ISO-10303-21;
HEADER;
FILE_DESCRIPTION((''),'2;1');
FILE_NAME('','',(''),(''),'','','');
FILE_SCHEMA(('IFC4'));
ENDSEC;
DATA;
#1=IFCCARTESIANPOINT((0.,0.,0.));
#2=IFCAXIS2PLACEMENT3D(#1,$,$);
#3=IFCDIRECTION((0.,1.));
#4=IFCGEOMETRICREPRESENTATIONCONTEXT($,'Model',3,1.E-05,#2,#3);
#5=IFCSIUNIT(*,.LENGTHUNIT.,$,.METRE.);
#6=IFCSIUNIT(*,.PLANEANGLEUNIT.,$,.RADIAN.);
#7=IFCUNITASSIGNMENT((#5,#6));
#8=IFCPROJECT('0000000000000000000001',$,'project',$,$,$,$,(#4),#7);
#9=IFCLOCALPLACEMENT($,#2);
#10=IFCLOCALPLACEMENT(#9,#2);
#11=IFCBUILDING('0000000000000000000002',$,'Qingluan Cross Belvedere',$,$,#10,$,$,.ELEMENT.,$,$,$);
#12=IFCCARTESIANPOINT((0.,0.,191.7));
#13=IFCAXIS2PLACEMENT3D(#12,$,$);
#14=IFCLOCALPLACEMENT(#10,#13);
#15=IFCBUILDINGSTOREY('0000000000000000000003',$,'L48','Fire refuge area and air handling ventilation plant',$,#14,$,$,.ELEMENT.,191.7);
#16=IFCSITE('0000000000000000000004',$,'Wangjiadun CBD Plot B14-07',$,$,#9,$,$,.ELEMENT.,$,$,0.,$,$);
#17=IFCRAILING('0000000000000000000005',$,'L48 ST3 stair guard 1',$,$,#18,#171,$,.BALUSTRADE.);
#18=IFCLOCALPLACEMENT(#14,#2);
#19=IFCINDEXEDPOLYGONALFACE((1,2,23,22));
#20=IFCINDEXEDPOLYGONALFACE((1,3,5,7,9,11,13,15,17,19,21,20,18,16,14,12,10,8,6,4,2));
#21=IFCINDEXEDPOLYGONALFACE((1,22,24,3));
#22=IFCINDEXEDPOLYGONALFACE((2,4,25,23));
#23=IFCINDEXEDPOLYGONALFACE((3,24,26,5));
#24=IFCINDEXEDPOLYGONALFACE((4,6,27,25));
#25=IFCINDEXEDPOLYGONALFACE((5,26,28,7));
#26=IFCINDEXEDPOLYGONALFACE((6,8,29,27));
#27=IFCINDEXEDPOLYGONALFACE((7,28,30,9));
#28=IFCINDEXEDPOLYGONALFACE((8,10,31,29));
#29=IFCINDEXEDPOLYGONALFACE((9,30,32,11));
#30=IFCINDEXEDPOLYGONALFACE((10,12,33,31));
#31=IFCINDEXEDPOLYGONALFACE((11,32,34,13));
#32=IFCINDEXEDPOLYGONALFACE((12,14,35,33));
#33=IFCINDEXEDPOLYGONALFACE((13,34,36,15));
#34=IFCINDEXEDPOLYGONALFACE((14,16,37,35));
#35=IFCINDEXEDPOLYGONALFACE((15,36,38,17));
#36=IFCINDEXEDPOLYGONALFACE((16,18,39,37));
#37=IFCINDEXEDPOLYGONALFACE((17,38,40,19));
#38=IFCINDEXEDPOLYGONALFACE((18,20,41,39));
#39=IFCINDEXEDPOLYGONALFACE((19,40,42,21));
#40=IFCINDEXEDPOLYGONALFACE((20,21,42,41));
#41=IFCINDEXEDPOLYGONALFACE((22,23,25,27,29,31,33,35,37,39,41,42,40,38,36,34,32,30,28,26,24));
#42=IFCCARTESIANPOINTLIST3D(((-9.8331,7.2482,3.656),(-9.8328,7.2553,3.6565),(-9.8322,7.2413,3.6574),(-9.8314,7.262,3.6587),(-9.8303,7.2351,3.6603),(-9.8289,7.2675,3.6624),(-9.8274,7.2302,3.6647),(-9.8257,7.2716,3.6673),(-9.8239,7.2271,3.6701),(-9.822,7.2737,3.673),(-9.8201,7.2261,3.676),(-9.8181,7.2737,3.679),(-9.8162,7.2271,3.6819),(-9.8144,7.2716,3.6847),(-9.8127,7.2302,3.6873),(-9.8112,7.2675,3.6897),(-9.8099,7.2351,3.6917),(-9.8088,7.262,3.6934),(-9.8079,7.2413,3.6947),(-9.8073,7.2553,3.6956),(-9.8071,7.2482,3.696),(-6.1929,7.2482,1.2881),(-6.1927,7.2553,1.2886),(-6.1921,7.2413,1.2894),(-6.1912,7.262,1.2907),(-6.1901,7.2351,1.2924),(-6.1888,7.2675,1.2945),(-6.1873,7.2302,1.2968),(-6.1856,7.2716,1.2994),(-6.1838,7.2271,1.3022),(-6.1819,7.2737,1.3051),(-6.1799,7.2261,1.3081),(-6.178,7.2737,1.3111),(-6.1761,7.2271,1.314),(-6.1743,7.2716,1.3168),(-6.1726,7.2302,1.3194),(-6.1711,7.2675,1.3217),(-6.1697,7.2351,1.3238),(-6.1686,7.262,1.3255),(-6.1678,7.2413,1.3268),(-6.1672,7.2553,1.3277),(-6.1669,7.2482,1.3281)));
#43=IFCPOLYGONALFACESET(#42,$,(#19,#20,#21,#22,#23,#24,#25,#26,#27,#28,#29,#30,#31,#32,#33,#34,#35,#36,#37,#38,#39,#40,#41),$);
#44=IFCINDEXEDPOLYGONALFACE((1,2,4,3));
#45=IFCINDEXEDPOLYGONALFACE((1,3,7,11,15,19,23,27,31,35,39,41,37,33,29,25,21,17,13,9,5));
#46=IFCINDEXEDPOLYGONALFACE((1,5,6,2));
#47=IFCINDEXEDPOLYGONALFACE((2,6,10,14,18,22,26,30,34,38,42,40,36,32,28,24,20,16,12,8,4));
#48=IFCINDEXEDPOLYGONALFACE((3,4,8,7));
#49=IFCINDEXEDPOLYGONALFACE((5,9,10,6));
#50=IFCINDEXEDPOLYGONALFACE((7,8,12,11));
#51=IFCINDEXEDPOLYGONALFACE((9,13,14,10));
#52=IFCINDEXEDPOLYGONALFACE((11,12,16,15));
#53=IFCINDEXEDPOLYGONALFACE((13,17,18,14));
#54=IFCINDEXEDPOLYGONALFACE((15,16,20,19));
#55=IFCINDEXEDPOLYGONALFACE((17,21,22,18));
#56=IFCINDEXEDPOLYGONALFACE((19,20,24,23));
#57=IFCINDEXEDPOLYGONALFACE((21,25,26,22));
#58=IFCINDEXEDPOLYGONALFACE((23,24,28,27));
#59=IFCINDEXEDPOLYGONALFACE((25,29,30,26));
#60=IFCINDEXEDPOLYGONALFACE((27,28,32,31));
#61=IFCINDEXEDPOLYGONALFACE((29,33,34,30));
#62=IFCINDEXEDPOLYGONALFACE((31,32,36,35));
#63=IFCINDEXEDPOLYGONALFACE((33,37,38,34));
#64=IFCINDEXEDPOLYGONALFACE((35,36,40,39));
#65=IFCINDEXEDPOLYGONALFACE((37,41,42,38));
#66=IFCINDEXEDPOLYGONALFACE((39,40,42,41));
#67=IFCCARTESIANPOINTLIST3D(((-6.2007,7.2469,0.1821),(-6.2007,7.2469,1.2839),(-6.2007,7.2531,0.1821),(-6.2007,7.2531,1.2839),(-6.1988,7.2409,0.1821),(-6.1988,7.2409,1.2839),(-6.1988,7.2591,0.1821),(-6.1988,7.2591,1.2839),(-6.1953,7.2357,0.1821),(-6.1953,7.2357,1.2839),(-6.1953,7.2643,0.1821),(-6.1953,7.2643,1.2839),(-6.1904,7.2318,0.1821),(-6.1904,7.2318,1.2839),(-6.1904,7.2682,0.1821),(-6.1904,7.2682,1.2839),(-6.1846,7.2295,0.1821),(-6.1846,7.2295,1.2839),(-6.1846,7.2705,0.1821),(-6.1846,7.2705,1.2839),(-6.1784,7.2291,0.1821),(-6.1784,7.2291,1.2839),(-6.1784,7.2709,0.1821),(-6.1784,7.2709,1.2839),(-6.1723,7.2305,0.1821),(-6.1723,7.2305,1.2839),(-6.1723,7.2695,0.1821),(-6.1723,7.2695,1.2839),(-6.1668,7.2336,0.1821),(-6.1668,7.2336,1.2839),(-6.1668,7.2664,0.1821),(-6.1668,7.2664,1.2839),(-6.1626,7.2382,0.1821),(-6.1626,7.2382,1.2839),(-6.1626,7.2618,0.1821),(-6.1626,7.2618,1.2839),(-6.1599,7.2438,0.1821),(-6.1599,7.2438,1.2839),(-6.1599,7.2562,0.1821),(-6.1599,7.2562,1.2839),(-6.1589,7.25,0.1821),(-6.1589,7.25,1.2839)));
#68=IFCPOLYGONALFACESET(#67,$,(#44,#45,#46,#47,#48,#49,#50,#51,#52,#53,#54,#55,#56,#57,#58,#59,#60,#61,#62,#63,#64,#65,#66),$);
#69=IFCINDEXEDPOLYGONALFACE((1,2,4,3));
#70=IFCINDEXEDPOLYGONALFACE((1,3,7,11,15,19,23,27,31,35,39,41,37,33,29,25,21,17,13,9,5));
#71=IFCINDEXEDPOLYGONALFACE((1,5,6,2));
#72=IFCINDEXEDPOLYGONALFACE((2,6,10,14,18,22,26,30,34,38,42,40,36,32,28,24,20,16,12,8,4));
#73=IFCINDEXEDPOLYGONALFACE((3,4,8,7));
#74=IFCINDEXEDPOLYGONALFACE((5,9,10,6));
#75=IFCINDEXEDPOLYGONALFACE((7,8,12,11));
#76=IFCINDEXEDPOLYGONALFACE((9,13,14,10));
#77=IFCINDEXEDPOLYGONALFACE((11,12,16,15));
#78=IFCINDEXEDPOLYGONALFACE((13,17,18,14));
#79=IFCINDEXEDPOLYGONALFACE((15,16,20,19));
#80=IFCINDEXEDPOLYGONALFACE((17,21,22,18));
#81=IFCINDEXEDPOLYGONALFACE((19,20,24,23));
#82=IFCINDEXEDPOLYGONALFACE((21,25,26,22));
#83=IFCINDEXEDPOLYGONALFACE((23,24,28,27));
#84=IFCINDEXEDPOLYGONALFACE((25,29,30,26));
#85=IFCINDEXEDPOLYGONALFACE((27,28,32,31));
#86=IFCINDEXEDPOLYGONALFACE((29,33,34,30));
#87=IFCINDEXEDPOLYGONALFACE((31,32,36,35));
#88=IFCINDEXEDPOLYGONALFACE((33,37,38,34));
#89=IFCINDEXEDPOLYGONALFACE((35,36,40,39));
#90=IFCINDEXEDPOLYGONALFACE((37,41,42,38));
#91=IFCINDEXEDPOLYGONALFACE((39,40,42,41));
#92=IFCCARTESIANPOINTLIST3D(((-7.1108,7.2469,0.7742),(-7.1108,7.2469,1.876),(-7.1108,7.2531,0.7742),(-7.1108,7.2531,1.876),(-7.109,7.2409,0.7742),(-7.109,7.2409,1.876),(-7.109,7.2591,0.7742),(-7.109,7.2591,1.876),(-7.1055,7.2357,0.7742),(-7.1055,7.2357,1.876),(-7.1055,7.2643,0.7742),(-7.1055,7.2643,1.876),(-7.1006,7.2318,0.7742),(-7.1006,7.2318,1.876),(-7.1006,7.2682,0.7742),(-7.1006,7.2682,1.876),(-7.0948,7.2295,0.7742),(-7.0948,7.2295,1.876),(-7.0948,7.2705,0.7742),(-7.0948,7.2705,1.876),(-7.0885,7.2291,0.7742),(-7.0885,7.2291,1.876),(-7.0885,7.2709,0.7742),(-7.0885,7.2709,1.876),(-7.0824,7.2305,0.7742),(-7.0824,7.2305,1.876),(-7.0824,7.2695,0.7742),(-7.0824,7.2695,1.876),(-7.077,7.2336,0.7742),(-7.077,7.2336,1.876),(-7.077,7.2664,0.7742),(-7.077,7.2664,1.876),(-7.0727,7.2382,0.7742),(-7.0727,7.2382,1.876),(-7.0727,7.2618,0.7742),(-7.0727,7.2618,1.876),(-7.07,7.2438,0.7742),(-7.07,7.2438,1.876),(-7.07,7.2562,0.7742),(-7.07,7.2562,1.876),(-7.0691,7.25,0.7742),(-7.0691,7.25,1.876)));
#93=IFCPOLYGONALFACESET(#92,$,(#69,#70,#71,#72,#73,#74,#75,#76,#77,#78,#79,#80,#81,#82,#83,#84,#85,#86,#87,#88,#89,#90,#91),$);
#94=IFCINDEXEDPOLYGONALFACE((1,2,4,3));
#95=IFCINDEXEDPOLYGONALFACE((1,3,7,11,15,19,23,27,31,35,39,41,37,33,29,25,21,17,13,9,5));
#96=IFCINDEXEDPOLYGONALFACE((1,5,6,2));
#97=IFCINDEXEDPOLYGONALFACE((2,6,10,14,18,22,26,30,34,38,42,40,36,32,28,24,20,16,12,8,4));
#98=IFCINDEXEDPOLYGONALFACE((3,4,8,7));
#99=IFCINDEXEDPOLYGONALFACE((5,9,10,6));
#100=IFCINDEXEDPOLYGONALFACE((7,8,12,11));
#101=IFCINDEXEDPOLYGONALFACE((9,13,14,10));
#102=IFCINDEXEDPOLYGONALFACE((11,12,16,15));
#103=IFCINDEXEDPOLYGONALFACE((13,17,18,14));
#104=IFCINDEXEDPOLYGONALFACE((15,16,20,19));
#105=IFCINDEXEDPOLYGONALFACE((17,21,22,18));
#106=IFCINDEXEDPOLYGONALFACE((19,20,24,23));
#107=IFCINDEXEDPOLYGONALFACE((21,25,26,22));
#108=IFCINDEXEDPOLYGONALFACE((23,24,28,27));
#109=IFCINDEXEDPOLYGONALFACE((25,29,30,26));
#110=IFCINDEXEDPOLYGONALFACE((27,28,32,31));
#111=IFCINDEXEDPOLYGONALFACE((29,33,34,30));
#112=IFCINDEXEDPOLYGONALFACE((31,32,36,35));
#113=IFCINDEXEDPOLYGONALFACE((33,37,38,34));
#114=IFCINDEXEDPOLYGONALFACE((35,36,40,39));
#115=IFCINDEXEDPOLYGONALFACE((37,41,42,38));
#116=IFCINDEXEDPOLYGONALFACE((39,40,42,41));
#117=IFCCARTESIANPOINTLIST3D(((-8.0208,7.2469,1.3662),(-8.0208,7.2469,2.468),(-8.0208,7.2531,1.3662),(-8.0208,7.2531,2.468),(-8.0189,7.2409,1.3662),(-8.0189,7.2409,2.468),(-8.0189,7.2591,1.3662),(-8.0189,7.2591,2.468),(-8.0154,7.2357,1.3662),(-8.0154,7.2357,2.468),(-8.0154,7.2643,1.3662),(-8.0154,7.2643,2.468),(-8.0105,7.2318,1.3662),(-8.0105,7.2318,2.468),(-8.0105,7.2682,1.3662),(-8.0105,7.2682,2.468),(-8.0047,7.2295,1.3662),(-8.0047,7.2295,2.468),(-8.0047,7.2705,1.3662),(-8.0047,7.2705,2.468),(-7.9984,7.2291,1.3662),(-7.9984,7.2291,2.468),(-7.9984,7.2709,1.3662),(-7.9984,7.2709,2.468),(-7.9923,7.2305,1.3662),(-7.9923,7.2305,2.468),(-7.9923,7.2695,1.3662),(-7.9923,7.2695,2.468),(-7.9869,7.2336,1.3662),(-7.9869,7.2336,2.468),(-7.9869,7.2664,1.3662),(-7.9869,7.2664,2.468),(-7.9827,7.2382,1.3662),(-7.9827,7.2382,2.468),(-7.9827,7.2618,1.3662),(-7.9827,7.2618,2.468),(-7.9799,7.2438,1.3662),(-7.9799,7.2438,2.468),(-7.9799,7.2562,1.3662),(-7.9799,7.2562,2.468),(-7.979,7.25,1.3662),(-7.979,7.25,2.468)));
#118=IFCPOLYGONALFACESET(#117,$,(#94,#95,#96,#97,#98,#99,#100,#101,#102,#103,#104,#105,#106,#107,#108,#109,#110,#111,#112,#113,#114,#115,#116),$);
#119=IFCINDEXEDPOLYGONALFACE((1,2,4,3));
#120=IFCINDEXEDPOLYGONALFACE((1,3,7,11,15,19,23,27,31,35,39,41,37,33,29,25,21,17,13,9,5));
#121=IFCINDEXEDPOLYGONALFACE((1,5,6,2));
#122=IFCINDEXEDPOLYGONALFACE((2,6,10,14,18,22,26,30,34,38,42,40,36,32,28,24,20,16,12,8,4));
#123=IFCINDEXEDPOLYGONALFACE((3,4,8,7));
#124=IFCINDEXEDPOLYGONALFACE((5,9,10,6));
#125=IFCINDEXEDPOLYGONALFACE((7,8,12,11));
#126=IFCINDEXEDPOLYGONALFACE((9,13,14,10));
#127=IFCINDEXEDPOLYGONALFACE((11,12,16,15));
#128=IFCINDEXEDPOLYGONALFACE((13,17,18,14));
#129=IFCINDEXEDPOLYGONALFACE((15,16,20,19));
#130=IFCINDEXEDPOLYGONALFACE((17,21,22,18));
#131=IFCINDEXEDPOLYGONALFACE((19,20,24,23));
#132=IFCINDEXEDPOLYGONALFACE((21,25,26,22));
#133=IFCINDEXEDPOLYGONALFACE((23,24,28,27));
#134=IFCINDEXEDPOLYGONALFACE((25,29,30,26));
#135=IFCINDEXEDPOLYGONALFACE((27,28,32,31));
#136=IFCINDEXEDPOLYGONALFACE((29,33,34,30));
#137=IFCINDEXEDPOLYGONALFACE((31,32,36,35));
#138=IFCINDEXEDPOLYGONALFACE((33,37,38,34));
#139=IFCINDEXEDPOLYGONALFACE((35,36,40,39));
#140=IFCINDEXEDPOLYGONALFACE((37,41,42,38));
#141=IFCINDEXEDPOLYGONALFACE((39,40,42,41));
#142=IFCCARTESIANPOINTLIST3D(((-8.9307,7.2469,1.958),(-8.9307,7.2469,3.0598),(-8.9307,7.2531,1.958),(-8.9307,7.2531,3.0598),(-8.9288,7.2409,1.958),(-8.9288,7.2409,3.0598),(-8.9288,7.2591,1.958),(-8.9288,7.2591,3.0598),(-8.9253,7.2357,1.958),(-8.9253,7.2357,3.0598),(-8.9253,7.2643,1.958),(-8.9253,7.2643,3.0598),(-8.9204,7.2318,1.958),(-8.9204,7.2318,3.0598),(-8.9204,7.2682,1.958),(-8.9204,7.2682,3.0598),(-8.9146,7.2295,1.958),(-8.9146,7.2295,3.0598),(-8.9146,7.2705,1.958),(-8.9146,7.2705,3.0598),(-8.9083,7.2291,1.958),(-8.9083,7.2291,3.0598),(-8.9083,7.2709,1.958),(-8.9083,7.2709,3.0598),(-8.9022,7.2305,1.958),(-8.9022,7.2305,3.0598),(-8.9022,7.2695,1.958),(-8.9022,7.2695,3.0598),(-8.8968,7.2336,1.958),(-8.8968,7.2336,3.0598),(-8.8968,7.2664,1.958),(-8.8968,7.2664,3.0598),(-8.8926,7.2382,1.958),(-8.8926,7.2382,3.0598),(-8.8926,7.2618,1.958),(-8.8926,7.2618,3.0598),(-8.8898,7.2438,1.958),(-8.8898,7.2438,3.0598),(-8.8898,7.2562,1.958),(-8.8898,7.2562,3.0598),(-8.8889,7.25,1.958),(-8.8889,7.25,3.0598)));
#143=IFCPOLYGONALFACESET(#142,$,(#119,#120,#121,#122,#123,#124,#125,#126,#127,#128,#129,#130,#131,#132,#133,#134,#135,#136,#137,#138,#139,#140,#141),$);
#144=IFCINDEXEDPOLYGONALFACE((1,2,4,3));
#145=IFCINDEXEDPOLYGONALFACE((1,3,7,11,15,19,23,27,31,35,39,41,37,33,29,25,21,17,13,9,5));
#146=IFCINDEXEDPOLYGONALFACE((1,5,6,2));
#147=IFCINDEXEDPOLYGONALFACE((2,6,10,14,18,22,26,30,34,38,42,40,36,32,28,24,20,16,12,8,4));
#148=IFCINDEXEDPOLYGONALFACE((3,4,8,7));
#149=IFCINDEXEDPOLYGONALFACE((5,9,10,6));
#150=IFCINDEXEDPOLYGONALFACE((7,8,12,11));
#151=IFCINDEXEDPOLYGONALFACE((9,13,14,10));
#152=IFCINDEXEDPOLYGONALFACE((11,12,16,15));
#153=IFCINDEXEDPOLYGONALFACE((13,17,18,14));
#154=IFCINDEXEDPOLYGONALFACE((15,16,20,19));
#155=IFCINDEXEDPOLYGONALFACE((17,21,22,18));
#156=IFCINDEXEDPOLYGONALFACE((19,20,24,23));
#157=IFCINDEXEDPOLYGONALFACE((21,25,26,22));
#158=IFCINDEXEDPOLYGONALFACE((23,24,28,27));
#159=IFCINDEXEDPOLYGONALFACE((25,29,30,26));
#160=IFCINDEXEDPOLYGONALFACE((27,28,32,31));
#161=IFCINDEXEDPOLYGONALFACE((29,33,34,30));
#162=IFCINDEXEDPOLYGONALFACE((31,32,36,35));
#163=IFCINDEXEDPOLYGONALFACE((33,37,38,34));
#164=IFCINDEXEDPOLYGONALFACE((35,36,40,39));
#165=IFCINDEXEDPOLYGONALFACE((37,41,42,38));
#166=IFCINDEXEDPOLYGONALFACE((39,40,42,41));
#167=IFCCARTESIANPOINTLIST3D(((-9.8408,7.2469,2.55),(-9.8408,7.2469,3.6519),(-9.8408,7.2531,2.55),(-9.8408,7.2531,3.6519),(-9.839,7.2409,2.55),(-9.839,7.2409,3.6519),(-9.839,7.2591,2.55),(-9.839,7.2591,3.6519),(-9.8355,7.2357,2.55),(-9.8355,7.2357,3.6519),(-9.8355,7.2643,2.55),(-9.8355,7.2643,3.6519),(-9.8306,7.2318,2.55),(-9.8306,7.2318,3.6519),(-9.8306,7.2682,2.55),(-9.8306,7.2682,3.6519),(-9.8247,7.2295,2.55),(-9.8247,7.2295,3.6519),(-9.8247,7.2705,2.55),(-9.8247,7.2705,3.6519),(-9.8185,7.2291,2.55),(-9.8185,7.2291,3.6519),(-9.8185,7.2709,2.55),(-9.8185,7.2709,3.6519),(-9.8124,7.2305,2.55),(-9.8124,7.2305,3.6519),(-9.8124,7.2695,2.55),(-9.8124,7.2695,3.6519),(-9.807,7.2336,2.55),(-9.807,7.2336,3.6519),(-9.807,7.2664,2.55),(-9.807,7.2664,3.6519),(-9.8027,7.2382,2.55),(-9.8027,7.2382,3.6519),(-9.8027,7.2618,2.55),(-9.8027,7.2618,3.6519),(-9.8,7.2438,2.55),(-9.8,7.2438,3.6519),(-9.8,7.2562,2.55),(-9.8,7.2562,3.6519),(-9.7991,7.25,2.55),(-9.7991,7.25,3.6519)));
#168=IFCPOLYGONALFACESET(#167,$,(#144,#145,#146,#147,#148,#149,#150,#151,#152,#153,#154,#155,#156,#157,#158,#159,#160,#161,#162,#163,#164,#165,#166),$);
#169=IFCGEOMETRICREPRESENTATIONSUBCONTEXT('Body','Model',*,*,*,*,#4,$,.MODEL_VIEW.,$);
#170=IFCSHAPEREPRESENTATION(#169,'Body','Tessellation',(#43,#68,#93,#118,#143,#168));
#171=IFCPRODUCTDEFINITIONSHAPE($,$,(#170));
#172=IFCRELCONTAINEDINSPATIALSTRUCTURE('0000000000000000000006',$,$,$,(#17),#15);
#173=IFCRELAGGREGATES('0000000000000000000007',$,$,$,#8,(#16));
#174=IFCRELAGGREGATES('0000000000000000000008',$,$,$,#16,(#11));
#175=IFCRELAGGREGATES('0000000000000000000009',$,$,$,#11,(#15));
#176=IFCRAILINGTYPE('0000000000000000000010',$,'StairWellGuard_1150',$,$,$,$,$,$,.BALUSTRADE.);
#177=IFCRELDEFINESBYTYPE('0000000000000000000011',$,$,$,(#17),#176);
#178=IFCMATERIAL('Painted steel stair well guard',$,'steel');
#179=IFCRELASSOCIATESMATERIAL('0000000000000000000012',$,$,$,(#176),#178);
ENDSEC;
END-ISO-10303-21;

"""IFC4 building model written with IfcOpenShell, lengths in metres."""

from ifc_helpers import new_model, si_unit, direction, frame, origin, origin_2d, place, context, subcontext, project, spatial, circle, extrude, material, type_object, element, save


model = new_model("IFC4")

# Units and contexts
model_context = context("Model", 3, precision=1e-05, world=origin(), true_north=direction((0.0, 1.0)))
body_context = subcontext(model_context, "Body", "Model", "MODEL_VIEW")
ifc_project = project(units=[si_unit("LENGTHUNIT", "METRE"), si_unit("PLANEANGLEUNIT", "RADIAN")], contexts=[model_context])

# Site, building, storey
site_placement = place(None, origin())
site = spatial("IfcSite", under=ifc_project, at=site_placement, Name="Wangjiadun CBD Plot B14-07", CompositionType="ELEMENT", RefElevation=0.0)
building_placement = place(site_placement, origin())
building = spatial("IfcBuilding", under=site, at=building_placement, Name="Qingluan Cross Belvedere", CompositionType="ELEMENT")
storey_placement = place(building_placement, frame((0.0, 0.0, 191.7)))
storey = spatial("IfcBuildingStorey", under=building, at=storey_placement, Name="L48", Description="Fire refuge area and air handling ventilation plant", CompositionType="ELEMENT", Elevation=191.7)

# Railing
ifc_material_1 = material(Name="Painted steel stair well guard", Category="steel")
railing_type_1 = type_object("IfcRailingType", Name="StairWellGuard_1150", PredefinedType="BALUSTRADE", material=ifc_material_1)
railing_1_placement = place(storey_placement, frame((-6.1799, 7.25, 0.1821)))
element("IfcRailing", 1, at=railing_1_placement, inside=storey, type_object=railing_type_1, Name="L48 ST3 stair guard 1", PredefinedType="BALUSTRADE", context=body_context, shape_type="SweptSolid", body=[
    extrude(circle(Radius=0.0239, at=origin_2d()), frame((0.0, 0.0, 1.126), z_axis=(-0.838251, 0.0, 0.545285), x_axis=(0.0, -1.0, 0.0)), (0.0, 0.0, 1.0), 4.3425),
    extrude(circle(Radius=0.021, at=origin_2d()), origin(), (0.0, 0.0, 1.0), 1.1018),
    extrude(circle(Radius=0.021, at=origin_2d()), frame((-0.9102, 0.0, 0.592)), (0.0, 0.0, 1.0), 1.1018),
    extrude(circle(Radius=0.021, at=origin_2d()), frame((-1.8201, 0.0, 1.1841)), (0.0, 0.0, 1.0), 1.1018),
    extrude(circle(Radius=0.021, at=origin_2d()), frame((-2.73, 0.0, 1.7759)), (0.0, 0.0, 1.0), 1.1018),
    extrude(circle(Radius=0.021, at=origin_2d()), frame((-3.6401, 0.0, 2.3679)), (0.0, 0.0, 1.0), 1.1018),
])

save(model, "model.ifc")
